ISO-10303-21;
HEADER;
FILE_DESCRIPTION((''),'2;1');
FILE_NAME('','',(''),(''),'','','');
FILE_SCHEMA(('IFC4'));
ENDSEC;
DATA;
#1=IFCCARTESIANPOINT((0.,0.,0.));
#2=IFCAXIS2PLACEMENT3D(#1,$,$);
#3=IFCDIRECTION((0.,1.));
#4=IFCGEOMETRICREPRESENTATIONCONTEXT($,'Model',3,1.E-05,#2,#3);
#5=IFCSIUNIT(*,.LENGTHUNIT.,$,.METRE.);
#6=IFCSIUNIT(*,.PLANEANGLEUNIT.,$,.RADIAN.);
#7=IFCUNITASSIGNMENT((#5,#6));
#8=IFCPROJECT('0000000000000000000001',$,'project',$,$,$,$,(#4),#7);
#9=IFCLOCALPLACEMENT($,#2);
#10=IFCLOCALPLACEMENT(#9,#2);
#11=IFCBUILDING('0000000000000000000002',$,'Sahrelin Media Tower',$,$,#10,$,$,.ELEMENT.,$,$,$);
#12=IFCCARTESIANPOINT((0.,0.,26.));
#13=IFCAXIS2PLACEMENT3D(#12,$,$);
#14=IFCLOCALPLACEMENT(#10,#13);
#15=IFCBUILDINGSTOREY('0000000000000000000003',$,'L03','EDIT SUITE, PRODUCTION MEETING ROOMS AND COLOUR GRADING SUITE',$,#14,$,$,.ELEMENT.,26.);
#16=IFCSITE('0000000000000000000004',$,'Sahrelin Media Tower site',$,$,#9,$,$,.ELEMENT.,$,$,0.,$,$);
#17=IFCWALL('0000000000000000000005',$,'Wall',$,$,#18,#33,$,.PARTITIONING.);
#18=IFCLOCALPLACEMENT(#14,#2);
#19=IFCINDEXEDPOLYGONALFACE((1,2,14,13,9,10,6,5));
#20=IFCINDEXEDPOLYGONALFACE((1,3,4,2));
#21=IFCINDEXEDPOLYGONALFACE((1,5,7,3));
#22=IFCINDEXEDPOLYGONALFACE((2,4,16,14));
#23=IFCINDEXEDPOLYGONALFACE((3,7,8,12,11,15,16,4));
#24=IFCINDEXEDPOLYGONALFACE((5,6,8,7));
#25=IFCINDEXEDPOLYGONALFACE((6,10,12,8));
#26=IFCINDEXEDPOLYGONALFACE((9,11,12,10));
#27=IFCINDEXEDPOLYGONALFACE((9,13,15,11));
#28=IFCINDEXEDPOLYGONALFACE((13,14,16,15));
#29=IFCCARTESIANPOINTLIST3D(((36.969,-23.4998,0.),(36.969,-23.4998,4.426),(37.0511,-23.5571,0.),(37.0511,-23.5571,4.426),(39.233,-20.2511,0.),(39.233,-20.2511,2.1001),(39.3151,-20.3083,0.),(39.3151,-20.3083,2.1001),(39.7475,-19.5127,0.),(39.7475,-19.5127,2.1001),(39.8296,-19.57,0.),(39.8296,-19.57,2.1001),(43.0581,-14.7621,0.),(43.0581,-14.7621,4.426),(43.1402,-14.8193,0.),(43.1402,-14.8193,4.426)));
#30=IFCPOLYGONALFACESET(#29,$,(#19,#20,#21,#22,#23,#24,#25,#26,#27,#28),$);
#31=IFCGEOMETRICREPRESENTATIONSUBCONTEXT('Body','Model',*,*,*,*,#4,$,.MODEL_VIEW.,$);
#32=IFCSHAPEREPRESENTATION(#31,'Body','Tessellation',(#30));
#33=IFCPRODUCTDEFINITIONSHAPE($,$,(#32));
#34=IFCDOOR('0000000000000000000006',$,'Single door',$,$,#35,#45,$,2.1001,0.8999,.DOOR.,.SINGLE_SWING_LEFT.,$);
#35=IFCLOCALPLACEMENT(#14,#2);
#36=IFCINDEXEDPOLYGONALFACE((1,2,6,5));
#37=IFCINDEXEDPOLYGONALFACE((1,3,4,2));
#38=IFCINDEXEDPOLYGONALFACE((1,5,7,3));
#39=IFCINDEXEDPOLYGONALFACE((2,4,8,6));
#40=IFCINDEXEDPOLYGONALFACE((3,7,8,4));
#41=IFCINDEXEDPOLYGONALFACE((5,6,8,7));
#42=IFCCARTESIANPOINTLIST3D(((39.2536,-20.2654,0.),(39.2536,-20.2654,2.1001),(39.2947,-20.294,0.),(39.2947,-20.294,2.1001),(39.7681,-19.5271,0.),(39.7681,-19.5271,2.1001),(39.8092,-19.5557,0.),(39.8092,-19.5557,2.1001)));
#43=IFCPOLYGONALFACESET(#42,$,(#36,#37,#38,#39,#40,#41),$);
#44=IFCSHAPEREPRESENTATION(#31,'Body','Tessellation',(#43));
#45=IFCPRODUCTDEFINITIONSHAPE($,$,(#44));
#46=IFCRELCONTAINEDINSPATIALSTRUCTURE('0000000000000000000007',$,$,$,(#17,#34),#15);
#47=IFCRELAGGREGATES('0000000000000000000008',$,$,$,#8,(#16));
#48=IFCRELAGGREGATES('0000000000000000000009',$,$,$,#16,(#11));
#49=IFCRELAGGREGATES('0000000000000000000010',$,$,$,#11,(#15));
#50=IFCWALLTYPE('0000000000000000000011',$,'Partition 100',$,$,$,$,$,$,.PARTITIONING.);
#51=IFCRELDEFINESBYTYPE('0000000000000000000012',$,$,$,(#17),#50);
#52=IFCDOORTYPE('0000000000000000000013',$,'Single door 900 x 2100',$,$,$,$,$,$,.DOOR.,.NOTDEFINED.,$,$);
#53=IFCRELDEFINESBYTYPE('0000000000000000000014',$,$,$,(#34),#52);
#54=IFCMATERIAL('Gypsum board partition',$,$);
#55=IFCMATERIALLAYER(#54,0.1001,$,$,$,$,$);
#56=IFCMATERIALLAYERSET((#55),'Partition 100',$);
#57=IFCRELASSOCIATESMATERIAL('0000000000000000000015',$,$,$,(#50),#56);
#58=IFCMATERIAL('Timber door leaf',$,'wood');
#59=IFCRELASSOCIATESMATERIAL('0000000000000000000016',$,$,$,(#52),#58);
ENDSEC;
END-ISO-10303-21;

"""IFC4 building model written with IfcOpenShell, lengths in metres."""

from ifc_helpers import new_model, si_unit, direction, frame, frame_2d, origin, place, context, subcontext, project, spatial, rectangle, extrude, material, layer, layer_set, type_object, element, fill, save


model = new_model("IFC4")

# Units and contexts
model_context = context("Model", 3, precision=1e-05, world=origin(), true_north=direction((0.0, 1.0)))
body_context = subcontext(model_context, "Body", "Model", "MODEL_VIEW")
ifc_project = project(units=[si_unit("LENGTHUNIT", "METRE"), si_unit("PLANEANGLEUNIT", "RADIAN")], contexts=[model_context])

# Site, building, storey
site_placement = place(None, origin())
site = spatial("IfcSite", under=ifc_project, at=site_placement, Name="Sahrelin Media Tower site", CompositionType="ELEMENT", RefElevation=0.0)
building_placement = place(site_placement, origin())
building = spatial("IfcBuilding", under=site, at=building_placement, Name="Sahrelin Media Tower", CompositionType="ELEMENT")
storey_placement = place(building_placement, frame((0.0, 0.0, 26.0)))
storey = spatial("IfcBuildingStorey", under=building, at=storey_placement, Name="L03", Description="EDIT SUITE, PRODUCTION MEETING ROOMS AND COLOUR GRADING SUITE", CompositionType="ELEMENT", Elevation=26.0)

# Wall, opening, door
ifc_material_1 = material(Name="Gypsum board partition")
ifc_layer_1 = layer(ifc_material_1, 0.1001)
ifc_layer_set_1 = layer_set([ifc_layer_1], Name="Partition 100")
wall_type = type_object("IfcWallType", Name="Partition 100", PredefinedType="PARTITIONING", material=ifc_layer_set_1)
wall_placement = place(storey_placement, frame((37.01, -23.5286, 0.0), z_axis=(0.0, 0.0, 1.0), x_axis=(0.571738, 0.820436, 0.0)))
wall = element("IfcWall", 1, at=wall_placement, inside=storey, type_object=wall_type, Name="Wall", PredefinedType="PARTITIONING", context=body_context, shape_type="SweptSolid", body=[
    extrude(rectangle(XDim=10.6501, YDim=0.1001, at=frame_2d((5.3252, 0.0))), origin(), (0.0, 0.0, 1.0), 4.426),
])
opening_placement = place(wall_placement, frame((3.96, 0.0, 0.0)))
opening = element("IfcOpeningElement", 2, at=opening_placement, cuts=wall, PredefinedType="OPENING", context=body_context, shape_type="SweptSolid", body=[
    extrude(rectangle(XDim=0.8999, YDim=2.1001, at=frame_2d((0.45, 1.05))), frame((0.0, 0.05, 0.0), z_axis=(0.0, -1.0, 0.0), x_axis=(1.0, 0.0, 0.0)), (0.0, 0.0, 1.0), 0.1001),
])
ifc_material_2 = material(Name="Timber door leaf", Category="wood")
door_type = type_object("IfcDoorType", Name="Single door 900 x 2100", OperationType="NOTDEFINED", PredefinedType="DOOR", material=ifc_material_2)
door_placement = place(opening_placement, origin())
door = element("IfcDoor", 3, at=door_placement, inside=storey, type_object=door_type, Name="Single door", OperationType="SINGLE_SWING_LEFT", OverallHeight=2.1001, OverallWidth=0.8999, PredefinedType="DOOR", context=body_context, shape_type="SweptSolid", body=[
    extrude(rectangle(XDim=0.8999, YDim=2.1001, at=frame_2d((0.45, 1.05))), frame((0.0, 0.0249, 0.0), z_axis=(0.0, -1.0, 0.0), x_axis=(1.0, 0.0, 0.0)), (0.0, 0.0, 1.0), 0.05),
])
fill(opening, door)

save(model, "model.ifc")
